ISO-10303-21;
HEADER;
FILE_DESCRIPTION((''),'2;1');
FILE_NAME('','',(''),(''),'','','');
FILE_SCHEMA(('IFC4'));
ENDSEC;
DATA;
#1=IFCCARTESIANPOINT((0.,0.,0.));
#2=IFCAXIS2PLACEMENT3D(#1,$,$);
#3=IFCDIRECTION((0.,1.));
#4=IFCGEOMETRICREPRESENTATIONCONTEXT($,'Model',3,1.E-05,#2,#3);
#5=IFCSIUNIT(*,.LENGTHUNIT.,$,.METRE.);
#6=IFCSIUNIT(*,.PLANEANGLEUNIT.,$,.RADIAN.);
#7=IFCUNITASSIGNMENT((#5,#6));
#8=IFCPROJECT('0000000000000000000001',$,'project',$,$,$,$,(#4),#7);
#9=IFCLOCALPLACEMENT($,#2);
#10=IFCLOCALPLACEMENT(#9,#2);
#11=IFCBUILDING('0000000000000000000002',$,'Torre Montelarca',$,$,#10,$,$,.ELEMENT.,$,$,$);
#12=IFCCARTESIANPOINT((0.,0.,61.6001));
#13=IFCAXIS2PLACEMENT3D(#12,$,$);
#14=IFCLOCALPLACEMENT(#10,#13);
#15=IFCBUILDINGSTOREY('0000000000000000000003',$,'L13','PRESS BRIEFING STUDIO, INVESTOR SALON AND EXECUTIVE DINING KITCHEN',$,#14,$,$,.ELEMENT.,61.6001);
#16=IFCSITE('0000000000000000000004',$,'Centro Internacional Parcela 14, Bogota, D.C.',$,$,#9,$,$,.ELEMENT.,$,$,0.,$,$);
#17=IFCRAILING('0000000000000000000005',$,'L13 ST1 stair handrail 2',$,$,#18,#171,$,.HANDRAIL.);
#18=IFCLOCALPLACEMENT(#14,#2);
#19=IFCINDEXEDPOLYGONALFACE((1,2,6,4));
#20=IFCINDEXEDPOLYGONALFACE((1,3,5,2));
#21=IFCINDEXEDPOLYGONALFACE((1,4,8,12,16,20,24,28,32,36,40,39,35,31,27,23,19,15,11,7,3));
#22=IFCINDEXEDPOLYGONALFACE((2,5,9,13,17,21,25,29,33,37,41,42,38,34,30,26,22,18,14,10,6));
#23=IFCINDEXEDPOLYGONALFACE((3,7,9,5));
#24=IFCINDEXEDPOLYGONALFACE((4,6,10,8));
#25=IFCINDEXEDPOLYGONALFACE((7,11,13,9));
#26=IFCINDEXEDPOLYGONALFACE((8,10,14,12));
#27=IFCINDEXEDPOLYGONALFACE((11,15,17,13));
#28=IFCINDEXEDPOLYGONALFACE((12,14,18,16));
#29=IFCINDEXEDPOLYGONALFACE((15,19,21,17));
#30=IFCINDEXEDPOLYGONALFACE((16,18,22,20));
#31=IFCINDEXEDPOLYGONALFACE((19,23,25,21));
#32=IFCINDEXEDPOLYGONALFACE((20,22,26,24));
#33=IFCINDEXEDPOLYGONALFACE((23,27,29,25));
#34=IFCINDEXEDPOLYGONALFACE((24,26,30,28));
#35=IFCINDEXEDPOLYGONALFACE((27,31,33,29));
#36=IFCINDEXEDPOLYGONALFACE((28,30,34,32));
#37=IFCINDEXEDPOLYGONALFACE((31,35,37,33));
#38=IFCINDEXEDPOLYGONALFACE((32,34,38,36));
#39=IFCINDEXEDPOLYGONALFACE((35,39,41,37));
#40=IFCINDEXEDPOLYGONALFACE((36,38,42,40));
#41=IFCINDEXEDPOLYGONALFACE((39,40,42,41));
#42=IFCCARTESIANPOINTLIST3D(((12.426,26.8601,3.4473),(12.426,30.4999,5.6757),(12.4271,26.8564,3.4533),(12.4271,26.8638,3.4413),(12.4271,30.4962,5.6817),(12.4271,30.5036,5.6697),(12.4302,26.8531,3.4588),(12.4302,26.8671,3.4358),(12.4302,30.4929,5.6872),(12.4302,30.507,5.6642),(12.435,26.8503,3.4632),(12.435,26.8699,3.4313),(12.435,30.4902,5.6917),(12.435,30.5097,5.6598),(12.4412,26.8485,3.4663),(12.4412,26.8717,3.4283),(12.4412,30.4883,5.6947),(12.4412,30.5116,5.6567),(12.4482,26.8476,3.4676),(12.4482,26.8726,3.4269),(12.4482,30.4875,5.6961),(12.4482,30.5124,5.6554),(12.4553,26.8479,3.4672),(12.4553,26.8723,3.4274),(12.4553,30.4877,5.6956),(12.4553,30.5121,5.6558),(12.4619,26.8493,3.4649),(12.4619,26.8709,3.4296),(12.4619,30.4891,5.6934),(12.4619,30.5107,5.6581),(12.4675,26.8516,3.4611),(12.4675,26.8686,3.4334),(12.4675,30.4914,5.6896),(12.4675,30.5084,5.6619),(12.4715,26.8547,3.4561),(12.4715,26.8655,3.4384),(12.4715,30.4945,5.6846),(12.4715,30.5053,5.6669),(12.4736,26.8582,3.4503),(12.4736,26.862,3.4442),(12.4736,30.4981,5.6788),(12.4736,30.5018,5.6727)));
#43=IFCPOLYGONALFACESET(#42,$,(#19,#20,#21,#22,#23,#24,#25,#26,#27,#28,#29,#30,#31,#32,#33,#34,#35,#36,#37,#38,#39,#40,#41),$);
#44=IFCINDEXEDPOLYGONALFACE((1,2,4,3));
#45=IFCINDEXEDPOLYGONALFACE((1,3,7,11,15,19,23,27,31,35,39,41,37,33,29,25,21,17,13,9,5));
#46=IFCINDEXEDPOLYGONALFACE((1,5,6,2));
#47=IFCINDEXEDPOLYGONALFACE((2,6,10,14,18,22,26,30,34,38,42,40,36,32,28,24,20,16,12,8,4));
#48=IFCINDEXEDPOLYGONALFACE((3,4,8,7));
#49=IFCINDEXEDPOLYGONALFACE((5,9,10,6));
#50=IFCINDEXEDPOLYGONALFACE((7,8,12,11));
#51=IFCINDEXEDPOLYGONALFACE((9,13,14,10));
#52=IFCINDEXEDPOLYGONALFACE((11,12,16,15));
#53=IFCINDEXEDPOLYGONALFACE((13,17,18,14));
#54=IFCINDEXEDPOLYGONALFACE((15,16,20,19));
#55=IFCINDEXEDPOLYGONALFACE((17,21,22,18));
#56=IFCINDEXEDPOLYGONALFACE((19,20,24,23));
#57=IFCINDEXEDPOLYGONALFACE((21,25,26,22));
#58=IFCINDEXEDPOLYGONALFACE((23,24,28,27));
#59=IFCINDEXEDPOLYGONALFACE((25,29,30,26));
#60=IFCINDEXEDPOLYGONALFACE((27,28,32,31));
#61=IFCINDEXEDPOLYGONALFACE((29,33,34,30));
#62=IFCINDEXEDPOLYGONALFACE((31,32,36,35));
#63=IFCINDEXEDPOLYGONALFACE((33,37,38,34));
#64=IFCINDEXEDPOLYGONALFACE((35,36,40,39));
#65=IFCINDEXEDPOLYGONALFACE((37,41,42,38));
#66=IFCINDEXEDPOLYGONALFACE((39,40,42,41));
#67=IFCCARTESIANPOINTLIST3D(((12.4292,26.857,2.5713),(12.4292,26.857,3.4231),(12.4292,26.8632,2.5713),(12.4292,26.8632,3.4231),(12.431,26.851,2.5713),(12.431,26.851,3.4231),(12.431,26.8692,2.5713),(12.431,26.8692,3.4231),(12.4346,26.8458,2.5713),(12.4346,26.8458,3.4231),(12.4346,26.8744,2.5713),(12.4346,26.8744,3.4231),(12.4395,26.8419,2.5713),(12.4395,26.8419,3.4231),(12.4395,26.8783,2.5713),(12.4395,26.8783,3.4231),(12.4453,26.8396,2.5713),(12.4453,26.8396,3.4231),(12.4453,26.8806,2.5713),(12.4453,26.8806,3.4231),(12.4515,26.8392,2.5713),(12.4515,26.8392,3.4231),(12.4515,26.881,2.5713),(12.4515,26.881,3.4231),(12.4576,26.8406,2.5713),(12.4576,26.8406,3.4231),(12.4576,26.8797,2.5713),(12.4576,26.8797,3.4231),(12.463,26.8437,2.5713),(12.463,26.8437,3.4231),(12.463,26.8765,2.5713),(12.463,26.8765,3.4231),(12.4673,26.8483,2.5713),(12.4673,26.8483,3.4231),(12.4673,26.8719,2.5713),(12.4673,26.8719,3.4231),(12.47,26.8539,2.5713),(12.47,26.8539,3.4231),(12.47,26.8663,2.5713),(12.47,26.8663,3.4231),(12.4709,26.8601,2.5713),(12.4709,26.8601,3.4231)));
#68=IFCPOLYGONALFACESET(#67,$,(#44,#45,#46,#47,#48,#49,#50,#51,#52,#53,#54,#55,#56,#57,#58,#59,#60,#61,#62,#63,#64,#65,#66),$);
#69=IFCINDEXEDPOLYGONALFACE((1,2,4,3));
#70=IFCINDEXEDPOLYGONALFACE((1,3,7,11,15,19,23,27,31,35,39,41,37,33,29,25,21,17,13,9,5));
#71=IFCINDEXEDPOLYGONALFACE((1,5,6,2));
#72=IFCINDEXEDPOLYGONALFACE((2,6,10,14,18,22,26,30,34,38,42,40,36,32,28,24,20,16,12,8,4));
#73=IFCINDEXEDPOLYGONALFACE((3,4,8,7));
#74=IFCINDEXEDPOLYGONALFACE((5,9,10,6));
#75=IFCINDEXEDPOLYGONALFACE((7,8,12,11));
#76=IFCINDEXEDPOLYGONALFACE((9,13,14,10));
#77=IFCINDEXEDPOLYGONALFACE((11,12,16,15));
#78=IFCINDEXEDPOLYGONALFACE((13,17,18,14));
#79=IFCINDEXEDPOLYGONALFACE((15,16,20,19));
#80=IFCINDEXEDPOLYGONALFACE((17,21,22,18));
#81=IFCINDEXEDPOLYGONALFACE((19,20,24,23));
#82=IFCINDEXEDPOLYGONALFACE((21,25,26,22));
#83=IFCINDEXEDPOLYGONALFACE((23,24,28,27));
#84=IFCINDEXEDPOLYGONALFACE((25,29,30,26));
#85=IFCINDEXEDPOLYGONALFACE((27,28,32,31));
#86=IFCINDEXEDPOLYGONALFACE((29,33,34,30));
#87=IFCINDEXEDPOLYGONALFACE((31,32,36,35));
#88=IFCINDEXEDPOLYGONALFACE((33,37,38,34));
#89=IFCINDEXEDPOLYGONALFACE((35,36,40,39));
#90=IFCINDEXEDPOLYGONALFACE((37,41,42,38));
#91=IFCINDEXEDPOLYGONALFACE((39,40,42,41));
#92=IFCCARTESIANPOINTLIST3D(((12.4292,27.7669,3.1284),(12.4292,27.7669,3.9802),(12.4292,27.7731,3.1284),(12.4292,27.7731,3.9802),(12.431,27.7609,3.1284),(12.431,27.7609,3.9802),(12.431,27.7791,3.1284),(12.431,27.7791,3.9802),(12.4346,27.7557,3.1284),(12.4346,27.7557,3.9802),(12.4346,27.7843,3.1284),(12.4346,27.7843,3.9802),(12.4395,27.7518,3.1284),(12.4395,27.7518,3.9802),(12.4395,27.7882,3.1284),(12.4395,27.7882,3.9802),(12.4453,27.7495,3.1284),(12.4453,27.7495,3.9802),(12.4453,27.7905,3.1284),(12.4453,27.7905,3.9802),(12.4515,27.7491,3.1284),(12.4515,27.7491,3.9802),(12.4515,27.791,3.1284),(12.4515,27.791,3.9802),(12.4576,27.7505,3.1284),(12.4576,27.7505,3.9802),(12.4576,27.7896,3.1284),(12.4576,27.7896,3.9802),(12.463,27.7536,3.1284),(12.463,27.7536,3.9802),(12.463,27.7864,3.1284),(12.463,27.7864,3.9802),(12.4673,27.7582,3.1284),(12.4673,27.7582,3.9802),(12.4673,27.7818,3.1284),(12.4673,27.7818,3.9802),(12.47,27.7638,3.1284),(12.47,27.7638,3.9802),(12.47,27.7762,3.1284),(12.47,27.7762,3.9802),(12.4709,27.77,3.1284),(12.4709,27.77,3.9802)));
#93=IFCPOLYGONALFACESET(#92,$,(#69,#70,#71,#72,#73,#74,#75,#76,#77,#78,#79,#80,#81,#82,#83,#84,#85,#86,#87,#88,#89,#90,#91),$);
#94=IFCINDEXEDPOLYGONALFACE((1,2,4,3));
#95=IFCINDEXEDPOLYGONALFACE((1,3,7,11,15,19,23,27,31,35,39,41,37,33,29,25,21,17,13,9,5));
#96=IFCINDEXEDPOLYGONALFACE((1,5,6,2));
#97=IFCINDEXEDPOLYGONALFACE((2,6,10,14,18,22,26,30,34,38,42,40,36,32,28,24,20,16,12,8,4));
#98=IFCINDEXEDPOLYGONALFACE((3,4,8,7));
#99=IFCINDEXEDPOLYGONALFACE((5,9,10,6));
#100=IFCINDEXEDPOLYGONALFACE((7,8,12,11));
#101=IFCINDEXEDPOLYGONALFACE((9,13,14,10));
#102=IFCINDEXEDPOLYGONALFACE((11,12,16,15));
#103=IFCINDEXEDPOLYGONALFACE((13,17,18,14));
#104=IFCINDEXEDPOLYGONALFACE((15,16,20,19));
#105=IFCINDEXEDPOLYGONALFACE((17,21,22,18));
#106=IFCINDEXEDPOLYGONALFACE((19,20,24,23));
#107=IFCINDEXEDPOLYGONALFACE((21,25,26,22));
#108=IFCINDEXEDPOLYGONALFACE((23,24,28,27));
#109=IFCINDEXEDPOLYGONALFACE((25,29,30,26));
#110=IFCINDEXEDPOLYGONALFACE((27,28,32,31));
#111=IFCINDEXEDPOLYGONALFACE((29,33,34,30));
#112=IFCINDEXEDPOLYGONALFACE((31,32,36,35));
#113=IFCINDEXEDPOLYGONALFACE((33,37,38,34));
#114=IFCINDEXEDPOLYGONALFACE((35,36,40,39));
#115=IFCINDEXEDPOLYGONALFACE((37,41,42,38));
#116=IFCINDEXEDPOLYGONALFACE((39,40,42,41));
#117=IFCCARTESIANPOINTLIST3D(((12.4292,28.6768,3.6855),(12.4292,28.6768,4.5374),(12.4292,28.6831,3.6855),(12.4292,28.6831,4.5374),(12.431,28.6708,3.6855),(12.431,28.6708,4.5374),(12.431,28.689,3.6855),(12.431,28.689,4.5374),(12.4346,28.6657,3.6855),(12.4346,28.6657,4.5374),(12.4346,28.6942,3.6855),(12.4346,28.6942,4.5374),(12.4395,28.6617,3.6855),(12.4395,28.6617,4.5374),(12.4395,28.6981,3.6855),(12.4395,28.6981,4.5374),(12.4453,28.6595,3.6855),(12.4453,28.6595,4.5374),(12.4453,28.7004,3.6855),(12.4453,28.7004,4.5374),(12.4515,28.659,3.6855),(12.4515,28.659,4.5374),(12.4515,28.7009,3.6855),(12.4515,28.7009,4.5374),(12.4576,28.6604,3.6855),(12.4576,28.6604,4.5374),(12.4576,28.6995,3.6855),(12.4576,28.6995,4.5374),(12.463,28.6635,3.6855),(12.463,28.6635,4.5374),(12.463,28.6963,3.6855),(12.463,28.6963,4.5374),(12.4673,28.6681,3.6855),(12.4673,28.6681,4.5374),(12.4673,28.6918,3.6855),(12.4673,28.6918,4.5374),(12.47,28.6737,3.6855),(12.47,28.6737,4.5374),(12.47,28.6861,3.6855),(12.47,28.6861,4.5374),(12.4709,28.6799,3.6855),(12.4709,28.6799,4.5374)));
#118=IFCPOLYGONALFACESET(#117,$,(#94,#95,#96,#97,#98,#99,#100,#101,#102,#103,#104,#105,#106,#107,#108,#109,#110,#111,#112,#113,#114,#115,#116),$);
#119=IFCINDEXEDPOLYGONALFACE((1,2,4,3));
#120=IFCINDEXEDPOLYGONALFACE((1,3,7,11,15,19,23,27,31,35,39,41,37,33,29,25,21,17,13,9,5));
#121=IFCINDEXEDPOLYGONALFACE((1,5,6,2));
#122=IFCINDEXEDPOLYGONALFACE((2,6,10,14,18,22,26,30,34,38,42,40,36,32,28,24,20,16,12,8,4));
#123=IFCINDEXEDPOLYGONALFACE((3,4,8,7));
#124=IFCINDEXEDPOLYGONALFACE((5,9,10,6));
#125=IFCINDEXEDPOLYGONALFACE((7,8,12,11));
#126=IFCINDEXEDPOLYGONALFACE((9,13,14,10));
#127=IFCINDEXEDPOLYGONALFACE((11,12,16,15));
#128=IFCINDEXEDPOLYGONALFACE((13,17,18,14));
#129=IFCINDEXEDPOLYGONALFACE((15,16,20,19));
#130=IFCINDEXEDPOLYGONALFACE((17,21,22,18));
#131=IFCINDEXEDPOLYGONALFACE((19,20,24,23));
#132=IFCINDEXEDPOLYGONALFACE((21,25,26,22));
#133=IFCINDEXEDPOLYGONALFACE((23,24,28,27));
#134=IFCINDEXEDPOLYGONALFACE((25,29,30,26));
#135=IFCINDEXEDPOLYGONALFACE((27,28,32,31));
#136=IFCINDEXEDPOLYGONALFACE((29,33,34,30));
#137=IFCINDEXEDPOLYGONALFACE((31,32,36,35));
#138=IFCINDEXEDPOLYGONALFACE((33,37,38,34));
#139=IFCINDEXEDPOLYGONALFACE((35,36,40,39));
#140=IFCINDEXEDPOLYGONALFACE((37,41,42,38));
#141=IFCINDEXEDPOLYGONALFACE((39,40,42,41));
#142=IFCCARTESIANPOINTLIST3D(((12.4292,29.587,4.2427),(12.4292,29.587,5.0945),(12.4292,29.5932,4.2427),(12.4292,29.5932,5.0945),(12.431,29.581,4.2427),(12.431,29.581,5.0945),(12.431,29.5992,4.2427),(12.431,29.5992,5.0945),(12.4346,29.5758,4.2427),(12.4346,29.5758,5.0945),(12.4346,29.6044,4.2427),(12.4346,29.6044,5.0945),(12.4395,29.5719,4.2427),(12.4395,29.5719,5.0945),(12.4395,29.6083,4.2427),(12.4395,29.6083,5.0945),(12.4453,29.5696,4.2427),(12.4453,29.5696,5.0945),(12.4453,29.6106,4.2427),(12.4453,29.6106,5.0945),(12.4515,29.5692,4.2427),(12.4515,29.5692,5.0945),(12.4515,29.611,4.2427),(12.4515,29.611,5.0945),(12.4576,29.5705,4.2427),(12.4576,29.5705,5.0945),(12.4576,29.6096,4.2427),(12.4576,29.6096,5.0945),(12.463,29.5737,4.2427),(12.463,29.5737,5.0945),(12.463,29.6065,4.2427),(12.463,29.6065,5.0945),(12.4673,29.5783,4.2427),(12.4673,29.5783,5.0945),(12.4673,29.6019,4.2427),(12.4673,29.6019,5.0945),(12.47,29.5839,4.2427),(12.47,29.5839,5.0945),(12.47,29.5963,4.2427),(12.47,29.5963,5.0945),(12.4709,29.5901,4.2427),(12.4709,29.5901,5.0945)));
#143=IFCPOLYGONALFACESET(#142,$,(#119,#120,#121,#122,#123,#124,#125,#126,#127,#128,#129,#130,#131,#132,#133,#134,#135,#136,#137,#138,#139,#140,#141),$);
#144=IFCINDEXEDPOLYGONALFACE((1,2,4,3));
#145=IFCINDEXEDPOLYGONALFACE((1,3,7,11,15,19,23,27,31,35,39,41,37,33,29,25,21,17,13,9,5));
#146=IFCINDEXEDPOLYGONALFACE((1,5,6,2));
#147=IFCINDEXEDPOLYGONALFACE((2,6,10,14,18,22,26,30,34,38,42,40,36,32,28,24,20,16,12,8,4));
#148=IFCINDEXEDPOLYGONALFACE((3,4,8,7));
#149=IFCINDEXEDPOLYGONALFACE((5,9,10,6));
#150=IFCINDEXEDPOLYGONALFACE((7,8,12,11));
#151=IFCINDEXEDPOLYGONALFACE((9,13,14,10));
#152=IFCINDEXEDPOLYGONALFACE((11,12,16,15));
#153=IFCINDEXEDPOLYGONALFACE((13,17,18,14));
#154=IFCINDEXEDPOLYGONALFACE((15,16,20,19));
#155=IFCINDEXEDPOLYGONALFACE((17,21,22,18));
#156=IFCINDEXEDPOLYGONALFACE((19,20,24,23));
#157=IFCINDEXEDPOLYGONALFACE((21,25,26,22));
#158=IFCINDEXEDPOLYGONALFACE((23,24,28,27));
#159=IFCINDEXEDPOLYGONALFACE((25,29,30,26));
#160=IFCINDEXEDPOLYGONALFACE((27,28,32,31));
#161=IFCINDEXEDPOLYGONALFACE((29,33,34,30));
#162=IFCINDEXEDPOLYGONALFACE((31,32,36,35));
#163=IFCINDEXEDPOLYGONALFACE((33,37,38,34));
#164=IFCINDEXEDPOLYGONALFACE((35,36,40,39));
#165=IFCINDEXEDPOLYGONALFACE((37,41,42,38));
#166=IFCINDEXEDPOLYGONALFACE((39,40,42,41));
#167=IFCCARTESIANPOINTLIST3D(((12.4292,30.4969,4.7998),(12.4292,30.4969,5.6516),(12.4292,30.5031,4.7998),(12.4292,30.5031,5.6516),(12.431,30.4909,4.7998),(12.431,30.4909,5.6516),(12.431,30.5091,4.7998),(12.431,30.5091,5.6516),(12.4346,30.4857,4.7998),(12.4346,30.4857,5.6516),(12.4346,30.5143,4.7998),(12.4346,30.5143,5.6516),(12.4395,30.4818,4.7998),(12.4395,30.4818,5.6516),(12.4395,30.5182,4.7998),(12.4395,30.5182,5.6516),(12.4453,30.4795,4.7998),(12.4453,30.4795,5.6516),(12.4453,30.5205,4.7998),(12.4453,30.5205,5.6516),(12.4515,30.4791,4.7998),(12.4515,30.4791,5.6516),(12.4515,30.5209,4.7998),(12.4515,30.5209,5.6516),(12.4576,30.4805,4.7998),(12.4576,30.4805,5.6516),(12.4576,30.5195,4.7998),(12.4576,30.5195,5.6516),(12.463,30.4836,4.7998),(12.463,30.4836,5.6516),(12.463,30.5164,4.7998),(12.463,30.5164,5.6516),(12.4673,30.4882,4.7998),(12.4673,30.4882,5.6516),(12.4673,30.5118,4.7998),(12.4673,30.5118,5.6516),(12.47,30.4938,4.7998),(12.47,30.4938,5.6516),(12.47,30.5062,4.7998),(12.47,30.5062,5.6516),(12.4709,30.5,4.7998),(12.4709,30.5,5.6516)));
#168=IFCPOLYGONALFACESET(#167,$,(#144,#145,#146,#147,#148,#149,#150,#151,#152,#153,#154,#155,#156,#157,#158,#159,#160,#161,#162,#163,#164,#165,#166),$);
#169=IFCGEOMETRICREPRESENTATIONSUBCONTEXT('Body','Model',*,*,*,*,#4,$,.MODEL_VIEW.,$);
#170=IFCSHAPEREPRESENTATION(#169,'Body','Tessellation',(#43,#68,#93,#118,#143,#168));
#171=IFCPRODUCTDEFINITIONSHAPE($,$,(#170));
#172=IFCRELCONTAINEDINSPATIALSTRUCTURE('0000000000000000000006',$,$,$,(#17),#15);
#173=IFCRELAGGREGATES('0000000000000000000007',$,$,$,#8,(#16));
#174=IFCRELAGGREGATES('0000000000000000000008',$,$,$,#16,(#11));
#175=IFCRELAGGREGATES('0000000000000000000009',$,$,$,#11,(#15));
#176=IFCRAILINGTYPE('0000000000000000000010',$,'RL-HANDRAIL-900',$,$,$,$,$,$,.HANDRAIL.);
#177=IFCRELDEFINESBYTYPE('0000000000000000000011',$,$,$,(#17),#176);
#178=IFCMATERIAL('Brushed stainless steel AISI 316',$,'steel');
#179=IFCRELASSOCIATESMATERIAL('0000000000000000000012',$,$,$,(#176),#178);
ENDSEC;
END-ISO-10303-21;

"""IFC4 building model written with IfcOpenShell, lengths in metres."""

from ifc_helpers import new_model, si_unit, direction, frame, origin, origin_2d, place, context, subcontext, project, spatial, circle, extrude, material, type_object, element, save


model = new_model("IFC4")

# Units and contexts
model_context = context("Model", 3, precision=1e-05, world=origin(), true_north=direction((0.0, 1.0)))
body_context = subcontext(model_context, "Body", "Model", "MODEL_VIEW")
ifc_project = project(units=[si_unit("LENGTHUNIT", "METRE"), si_unit("PLANEANGLEUNIT", "RADIAN")], contexts=[model_context])

# Site, building, storey
site_placement = place(None, origin())
site = spatial("IfcSite", under=ifc_project, at=site_placement, Name="Centro Internacional Parcela 14, Bogota, D.C.", CompositionType="ELEMENT", RefElevation=0.0)
building_placement = place(site_placement, origin())
building = spatial("IfcBuilding", under=site, at=building_placement, Name="Torre Montelarca", CompositionType="ELEMENT")
storey_placement = place(building_placement, frame((0.0, 0.0, 61.6001)))
storey = spatial("IfcBuildingStorey", under=building, at=storey_placement, Name="L13", Description="PRESS BRIEFING STUDIO, INVESTOR SALON AND EXECUTIVE DINING KITCHEN", CompositionType="ELEMENT", Elevation=61.6001)

# Shared definitions
ifc_material_1 = material(Name="Brushed stainless steel AISI 316", Category="steel")

# Railing
railing_type_1 = type_object("IfcRailingType", Name="RL-HANDRAIL-900", PredefinedType="HANDRAIL", material=ifc_material_1)
railing_1_placement = place(storey_placement, frame((12.45, 26.8601, 2.5713)))
element("IfcRailing", 1, at=railing_1_placement, inside=storey, type_object=railing_type_1, Name="L13 ST1 stair handrail 2", PredefinedType="HANDRAIL", context=body_context, shape_type="SweptSolid", body=[
    extrude(circle(Radius=0.0239, at=origin_2d()), frame((0.0, 0.0, 0.876), z_axis=(0.0, 0.85285, 0.522156), x_axis=(-1.0, 0.0, 0.0)), (0.0, 0.0, 1.0), 4.2678),
    extrude(circle(Radius=0.021, at=origin_2d()), origin(), (0.0, 0.0, 1.0), 0.8518),
    extrude(circle(Radius=0.021, at=origin_2d()), frame((0.0, 0.9099, 0.5571)), (0.0, 0.0, 1.0), 0.8518),
    extrude(circle(Radius=0.021, at=origin_2d()), frame((0.0, 1.8198, 1.1143)), (0.0, 0.0, 1.0), 0.8518),
    extrude(circle(Radius=0.021, at=origin_2d()), frame((0.0, 2.73, 1.6714)), (0.0, 0.0, 1.0), 0.8518),
    extrude(circle(Radius=0.021, at=origin_2d()), frame((0.0, 3.6399, 2.2285)), (0.0, 0.0, 1.0), 0.8518),
])

save(model, "model.ifc")
